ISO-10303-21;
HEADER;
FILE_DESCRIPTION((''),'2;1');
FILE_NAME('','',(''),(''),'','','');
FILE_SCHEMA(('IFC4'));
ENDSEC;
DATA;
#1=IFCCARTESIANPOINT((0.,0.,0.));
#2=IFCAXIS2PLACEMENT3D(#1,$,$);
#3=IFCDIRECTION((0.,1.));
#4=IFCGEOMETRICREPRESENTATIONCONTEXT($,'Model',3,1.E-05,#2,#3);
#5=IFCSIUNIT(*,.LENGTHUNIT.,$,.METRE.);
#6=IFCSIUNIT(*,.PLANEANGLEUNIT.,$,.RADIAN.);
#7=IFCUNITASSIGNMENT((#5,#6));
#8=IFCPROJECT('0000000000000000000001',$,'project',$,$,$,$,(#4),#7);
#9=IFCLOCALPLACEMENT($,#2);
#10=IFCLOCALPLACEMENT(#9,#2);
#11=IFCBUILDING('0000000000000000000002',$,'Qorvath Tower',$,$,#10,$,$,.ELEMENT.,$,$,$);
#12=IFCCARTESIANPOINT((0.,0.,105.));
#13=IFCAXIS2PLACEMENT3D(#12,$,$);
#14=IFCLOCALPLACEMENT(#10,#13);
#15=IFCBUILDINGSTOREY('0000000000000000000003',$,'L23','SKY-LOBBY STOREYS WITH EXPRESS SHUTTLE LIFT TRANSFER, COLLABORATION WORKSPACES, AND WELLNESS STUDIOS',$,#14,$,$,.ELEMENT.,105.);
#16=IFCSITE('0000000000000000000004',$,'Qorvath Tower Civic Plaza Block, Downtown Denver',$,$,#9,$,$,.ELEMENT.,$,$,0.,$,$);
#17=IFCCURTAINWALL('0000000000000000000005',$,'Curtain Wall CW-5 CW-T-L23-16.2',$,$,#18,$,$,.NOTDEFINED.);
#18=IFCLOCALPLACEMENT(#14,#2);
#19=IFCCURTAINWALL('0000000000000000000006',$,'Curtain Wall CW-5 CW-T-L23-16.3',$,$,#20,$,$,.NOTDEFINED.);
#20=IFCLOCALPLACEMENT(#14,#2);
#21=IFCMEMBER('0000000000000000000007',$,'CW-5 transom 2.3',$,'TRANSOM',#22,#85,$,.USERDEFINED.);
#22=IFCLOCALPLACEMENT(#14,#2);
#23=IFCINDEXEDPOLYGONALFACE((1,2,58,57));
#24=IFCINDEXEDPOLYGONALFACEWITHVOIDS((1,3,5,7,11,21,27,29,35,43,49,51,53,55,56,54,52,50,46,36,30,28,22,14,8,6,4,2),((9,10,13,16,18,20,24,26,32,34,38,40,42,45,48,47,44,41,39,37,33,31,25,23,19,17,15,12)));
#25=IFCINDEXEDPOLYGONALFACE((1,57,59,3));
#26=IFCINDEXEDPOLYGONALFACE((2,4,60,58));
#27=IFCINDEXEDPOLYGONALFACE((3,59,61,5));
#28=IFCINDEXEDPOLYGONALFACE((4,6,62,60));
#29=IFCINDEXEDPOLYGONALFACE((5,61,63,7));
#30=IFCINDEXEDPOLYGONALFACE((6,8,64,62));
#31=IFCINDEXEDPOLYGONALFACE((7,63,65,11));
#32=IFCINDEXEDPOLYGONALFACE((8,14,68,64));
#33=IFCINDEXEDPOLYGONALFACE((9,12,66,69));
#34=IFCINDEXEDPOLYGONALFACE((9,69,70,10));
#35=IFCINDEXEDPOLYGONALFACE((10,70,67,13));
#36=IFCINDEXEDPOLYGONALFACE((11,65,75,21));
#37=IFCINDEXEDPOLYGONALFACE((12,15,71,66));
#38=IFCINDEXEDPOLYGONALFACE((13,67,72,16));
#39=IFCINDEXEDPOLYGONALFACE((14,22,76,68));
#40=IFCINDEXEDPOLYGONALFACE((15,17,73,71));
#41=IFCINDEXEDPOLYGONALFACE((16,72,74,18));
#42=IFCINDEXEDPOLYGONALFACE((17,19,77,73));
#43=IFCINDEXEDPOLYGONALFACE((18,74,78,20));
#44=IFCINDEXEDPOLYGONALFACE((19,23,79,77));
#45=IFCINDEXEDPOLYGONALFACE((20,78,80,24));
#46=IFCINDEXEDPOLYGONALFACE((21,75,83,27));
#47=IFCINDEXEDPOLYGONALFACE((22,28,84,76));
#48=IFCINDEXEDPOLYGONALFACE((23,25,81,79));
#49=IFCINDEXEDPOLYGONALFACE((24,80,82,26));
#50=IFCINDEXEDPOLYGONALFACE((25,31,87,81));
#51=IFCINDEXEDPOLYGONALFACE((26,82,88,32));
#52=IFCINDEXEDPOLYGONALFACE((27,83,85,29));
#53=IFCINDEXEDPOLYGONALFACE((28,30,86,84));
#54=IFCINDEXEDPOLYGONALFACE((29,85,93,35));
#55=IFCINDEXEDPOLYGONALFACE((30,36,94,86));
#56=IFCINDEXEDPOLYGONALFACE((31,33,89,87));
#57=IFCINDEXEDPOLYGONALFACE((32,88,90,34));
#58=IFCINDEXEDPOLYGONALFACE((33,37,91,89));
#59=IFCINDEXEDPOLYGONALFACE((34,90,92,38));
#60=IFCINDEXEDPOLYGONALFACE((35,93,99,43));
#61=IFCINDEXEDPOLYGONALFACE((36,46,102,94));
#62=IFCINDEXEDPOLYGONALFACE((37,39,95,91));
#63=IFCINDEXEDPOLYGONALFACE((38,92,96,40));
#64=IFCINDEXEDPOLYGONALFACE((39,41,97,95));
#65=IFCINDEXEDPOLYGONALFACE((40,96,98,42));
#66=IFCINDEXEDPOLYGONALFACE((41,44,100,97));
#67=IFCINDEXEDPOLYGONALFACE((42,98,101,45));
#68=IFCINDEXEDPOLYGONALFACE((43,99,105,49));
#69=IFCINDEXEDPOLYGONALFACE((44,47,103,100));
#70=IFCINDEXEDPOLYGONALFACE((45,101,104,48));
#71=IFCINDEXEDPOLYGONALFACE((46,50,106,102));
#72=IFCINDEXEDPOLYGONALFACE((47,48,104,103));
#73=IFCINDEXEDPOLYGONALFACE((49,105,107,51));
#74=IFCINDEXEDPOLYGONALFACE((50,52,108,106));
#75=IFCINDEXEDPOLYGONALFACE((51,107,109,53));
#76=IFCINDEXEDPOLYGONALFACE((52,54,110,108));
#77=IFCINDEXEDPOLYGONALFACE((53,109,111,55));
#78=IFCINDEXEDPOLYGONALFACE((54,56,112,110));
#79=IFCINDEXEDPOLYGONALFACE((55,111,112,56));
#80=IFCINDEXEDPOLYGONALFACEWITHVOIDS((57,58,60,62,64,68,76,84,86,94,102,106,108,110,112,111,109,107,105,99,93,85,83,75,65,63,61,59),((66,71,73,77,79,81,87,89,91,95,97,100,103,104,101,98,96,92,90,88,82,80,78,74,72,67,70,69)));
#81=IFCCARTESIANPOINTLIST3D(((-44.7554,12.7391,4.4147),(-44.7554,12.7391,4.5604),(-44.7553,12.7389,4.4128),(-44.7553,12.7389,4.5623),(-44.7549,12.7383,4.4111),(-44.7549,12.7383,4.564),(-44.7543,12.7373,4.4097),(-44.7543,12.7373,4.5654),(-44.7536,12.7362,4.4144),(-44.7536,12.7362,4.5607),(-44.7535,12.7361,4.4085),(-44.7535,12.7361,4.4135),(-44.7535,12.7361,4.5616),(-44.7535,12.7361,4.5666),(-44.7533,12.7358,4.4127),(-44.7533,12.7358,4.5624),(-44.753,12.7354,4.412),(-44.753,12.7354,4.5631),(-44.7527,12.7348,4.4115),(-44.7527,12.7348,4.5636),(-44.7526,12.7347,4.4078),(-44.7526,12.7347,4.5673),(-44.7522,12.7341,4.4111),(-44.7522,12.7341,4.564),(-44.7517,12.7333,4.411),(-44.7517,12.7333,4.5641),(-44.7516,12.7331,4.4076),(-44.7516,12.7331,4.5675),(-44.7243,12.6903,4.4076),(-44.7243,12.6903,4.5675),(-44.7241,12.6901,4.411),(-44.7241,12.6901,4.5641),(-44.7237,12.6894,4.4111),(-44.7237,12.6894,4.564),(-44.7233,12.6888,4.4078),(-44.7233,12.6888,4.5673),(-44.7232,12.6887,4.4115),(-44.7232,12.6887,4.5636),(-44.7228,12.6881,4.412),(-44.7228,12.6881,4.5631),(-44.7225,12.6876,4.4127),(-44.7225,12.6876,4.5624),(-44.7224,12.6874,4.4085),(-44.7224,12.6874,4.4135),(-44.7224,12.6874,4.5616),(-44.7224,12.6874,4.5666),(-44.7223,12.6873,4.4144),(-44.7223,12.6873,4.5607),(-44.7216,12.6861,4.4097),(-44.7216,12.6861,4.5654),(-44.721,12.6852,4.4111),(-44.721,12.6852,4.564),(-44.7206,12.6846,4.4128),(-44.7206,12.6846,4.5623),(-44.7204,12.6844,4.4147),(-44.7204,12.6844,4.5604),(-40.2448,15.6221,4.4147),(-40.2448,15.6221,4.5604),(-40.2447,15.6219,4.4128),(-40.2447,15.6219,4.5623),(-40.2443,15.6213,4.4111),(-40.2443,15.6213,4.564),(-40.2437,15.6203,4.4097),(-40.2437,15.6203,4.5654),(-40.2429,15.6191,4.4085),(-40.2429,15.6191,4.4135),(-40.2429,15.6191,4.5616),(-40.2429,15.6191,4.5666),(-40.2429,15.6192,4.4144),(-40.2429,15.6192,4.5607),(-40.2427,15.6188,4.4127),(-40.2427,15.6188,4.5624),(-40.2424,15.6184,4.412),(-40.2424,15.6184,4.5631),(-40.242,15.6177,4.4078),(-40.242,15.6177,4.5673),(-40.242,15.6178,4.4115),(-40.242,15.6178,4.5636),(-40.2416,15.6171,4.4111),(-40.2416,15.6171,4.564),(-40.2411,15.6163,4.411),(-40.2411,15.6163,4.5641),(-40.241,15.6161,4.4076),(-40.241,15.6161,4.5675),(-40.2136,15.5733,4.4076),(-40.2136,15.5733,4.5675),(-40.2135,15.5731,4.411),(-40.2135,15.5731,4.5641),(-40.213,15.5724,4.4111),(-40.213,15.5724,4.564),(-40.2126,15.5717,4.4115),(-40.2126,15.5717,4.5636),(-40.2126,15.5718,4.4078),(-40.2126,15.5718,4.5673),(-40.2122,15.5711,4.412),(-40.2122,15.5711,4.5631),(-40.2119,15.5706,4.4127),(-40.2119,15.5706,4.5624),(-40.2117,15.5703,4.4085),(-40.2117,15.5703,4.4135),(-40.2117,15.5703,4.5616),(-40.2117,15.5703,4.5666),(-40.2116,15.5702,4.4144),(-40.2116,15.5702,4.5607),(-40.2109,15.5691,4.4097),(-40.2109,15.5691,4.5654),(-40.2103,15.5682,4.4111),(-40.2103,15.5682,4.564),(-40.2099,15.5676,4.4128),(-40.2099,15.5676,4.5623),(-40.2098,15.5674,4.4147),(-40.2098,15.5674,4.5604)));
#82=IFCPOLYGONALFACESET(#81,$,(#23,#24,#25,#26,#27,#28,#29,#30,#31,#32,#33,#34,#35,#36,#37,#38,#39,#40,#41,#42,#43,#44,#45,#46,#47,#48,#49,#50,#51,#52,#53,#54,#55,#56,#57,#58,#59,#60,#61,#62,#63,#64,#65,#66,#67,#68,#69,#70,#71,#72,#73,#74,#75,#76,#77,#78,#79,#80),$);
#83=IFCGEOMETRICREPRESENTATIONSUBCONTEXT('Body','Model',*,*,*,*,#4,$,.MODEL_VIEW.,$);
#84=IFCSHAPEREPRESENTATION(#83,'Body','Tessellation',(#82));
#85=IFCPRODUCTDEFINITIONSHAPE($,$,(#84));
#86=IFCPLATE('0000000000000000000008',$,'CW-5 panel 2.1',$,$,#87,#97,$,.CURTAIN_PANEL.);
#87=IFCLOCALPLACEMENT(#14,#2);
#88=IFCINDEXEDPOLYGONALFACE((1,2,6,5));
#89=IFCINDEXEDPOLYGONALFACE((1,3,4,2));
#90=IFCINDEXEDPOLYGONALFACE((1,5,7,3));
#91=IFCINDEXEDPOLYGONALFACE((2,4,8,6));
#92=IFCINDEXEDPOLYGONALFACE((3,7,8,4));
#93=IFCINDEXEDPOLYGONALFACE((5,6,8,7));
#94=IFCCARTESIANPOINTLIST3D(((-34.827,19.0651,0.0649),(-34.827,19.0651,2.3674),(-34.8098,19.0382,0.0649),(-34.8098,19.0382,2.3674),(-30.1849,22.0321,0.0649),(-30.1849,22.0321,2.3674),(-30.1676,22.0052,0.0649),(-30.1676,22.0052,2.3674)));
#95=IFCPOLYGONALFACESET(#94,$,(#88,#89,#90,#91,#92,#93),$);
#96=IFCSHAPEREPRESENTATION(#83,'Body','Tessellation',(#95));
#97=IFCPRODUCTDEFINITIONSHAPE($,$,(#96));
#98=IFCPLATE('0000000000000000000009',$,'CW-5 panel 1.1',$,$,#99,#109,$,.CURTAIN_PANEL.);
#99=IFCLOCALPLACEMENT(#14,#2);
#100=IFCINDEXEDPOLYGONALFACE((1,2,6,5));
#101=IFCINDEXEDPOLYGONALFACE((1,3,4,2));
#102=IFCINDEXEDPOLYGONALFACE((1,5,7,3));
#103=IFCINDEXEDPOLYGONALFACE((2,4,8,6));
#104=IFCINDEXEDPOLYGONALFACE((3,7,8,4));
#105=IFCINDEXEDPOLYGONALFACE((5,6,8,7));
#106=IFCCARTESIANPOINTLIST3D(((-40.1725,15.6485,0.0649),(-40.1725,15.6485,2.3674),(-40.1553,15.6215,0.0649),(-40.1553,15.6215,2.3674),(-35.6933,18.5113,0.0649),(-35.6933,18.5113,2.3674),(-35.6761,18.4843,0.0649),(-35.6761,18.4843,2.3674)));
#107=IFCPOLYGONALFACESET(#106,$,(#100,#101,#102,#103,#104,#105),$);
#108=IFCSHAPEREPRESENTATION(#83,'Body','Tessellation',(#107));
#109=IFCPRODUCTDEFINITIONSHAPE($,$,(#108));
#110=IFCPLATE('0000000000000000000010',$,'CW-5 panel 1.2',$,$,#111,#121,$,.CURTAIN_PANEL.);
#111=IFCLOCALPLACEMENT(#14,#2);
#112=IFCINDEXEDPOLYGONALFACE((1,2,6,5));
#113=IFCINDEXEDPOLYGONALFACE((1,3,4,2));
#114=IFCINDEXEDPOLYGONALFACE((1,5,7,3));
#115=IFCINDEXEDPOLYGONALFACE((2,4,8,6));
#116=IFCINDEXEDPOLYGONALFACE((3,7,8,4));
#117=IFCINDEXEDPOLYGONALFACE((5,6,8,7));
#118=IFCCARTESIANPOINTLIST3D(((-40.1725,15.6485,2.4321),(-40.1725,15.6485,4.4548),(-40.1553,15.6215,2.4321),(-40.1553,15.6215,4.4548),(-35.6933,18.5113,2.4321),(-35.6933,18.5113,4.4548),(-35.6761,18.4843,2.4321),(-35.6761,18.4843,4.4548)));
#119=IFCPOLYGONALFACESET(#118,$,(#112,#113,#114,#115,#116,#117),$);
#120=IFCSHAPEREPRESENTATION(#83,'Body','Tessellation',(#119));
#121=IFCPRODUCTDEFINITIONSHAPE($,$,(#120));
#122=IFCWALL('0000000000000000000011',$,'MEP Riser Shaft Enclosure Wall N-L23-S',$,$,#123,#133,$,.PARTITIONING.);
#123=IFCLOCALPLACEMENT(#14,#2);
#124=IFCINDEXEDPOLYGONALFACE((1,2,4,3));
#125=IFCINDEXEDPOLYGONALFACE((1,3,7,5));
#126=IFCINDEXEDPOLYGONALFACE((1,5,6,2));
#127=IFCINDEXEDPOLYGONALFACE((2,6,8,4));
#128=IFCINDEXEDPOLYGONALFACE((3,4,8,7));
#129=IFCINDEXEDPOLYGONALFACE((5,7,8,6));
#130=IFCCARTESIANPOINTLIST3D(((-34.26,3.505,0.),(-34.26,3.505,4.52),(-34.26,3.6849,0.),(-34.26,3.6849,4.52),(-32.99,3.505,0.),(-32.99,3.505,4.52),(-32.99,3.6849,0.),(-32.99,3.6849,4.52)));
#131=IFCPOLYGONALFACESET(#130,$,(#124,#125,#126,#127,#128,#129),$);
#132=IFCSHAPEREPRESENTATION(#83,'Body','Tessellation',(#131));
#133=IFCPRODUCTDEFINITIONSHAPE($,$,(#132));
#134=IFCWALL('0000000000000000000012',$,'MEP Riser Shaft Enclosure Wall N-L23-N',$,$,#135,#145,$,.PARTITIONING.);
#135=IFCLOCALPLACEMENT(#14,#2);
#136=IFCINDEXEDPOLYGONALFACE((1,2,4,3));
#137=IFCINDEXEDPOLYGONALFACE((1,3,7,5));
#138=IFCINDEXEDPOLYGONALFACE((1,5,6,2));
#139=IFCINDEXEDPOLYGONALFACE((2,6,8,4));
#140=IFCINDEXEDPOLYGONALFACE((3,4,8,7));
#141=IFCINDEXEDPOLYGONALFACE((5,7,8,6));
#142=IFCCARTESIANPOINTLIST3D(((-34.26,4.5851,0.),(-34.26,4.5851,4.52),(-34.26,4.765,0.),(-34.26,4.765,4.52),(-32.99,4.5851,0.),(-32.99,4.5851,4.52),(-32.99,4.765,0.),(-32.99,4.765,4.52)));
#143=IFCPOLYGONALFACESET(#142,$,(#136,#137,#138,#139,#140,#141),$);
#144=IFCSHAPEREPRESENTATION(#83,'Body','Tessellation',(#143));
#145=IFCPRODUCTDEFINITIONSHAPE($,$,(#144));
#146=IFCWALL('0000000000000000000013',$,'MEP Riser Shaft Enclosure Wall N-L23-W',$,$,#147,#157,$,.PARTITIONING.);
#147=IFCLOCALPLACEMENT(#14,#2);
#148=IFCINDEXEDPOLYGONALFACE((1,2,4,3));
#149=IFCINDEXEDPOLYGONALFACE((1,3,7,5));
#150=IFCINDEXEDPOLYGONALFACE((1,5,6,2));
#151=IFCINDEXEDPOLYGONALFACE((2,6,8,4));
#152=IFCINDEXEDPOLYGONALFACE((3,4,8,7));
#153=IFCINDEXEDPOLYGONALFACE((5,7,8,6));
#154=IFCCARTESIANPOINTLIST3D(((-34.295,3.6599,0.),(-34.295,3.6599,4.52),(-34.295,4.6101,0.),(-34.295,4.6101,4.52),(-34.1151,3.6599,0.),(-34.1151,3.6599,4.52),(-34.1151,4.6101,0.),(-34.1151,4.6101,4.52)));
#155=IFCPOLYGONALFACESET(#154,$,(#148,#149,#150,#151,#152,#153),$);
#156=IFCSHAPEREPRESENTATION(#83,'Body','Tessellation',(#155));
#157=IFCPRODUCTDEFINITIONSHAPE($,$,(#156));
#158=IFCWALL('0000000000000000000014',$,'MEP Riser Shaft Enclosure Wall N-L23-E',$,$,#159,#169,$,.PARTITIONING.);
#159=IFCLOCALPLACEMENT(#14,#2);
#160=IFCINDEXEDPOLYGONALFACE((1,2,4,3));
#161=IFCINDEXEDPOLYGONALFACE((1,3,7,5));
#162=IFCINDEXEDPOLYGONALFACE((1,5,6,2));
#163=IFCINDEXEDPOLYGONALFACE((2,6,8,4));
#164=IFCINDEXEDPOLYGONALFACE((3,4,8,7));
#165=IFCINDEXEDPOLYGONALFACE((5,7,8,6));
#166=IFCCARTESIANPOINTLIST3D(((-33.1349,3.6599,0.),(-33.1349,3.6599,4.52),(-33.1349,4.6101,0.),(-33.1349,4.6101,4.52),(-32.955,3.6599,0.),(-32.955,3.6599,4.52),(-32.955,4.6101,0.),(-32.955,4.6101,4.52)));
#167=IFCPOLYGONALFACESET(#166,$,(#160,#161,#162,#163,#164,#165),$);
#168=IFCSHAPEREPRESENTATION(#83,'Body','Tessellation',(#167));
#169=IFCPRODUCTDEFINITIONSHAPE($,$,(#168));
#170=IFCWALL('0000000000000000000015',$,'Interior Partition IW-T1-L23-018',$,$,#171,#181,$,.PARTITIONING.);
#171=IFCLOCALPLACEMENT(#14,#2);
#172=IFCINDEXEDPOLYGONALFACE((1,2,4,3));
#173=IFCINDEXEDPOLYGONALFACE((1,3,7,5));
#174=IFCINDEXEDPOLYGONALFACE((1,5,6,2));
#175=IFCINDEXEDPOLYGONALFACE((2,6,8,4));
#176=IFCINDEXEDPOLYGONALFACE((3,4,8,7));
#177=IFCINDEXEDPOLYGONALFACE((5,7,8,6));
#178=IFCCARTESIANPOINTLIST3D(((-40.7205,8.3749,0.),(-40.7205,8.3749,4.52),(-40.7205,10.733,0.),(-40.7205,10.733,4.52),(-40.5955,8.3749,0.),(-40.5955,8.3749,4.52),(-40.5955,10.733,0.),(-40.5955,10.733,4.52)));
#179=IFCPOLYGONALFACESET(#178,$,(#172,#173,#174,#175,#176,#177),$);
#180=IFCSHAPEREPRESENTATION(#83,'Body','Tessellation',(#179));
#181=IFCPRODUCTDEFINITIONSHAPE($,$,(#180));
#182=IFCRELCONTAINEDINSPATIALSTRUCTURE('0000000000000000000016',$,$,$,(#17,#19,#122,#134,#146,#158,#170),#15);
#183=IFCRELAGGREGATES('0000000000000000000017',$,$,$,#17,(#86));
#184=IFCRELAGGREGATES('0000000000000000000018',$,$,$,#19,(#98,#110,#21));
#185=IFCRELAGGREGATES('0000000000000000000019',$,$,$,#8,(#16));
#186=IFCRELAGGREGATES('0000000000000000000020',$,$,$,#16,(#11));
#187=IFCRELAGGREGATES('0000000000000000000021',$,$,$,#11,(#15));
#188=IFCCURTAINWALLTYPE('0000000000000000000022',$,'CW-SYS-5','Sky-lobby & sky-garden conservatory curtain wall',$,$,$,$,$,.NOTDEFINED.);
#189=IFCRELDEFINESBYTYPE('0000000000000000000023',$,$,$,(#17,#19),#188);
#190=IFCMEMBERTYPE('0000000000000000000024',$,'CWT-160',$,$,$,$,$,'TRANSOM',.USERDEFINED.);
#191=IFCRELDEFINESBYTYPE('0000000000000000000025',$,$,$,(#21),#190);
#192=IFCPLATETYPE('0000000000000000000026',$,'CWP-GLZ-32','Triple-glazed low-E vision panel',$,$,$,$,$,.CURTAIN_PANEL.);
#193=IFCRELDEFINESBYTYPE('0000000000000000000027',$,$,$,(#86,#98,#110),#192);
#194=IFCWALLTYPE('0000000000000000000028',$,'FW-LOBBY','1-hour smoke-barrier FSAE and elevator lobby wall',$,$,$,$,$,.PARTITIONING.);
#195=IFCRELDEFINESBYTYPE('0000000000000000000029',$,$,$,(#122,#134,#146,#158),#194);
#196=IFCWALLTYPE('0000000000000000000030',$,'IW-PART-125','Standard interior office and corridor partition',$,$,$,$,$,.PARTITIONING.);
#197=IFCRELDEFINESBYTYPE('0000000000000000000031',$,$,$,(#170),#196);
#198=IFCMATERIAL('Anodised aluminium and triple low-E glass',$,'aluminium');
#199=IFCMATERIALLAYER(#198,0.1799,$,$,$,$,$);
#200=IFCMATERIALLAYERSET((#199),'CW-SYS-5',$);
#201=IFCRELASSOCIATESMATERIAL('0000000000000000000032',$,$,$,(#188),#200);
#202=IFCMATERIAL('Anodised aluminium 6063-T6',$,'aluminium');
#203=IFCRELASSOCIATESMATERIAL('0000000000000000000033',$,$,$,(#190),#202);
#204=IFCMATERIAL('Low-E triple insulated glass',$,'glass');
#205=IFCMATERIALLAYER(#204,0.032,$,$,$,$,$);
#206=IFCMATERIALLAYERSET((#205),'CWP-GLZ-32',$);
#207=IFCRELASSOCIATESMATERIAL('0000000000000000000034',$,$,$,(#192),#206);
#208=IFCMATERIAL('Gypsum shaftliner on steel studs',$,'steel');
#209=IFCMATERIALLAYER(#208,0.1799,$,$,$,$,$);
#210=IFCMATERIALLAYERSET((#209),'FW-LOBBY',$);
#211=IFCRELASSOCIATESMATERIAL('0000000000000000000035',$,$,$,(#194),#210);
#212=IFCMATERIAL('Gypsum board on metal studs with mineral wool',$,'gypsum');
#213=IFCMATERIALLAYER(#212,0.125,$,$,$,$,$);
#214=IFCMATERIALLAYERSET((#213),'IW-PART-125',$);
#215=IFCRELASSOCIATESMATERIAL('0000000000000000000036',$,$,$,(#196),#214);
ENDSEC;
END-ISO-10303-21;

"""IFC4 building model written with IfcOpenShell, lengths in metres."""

from ifc_helpers import new_model, si_unit, direction, frame, frame_2d, origin, origin_2d, place, context, subcontext, project, spatial, rectangle, hollow_rectangle, extrude, material, layer, layer_set, material_profile, profile_set, type_object, element, aggregate, save


model = new_model("IFC4")

# Units and contexts
model_context = context("Model", 3, precision=1e-05, world=origin(), true_north=direction((0.0, 1.0)))
body_context = subcontext(model_context, "Body", "Model", "MODEL_VIEW")
ifc_project = project(units=[si_unit("LENGTHUNIT", "METRE"), si_unit("PLANEANGLEUNIT", "RADIAN")], contexts=[model_context])

# Site, building, storey
site_placement = place(None, origin())
site = spatial("IfcSite", under=ifc_project, at=site_placement, Name="Qorvath Tower Civic Plaza Block, Downtown Denver", CompositionType="ELEMENT", RefElevation=0.0)
building_placement = place(site_placement, origin())
building = spatial("IfcBuilding", under=site, at=building_placement, Name="Qorvath Tower", CompositionType="ELEMENT")
storey_placement = place(building_placement, frame((0.0, 0.0, 105.0)))
storey = spatial("IfcBuildingStorey", under=building, at=storey_placement, Name="L23", Description="SKY-LOBBY STOREYS WITH EXPRESS SHUTTLE LIFT TRANSFER, COLLABORATION WORKSPACES, AND WELLNESS STUDIOS", CompositionType="ELEMENT", Elevation=105.0)

# Curtain wall
ifc_material_1 = material(Name="Anodised aluminium and triple low-E glass", Category="aluminium")
ifc_layer_1 = layer(ifc_material_1, 0.1799)
ifc_layer_set_1 = layer_set([ifc_layer_1], Name="CW-SYS-5")
curtain_wall_type = type_object("IfcCurtainWallType", Name="CW-SYS-5", Description="Sky-lobby & sky-garden conservatory curtain wall", PredefinedType="NOTDEFINED", material=ifc_layer_set_1)
curtain_wall_1_placement = place(storey_placement, origin())
curtain_wall_1 = element("IfcCurtainWall", 1, at=curtain_wall_1_placement, inside=storey, type_object=curtain_wall_type, Name="Curtain Wall CW-5 CW-T-L23-16.2", PredefinedType="NOTDEFINED")

# Curtain wall, member
curtain_wall_2_placement = place(storey_placement, origin())
curtain_wall_2 = element("IfcCurtainWall", 2, at=curtain_wall_2_placement, inside=storey, type_object=curtain_wall_type, Name="Curtain Wall CW-5 CW-T-L23-16.3", PredefinedType="NOTDEFINED")
ifc_material_2 = material(Name="Anodised aluminium 6063-T6", Category="aluminium")
ifc_material_profile_1 = material_profile(ifc_material_2, hollow_rectangle(XDim=0.0649, YDim=0.1599, WallThickness=0.0034, InnerFilletRadius=0.0034, OuterFilletRadius=0.0071, at=origin_2d()), Name="CWT 160x65")
ifc_profile_set_1 = profile_set([ifc_material_profile_1], Name="Anodised aluminium 6063-T6")
member_type_1 = type_object("IfcMemberType", Name="CWT-160", ElementType="TRANSOM", PredefinedType="USERDEFINED", material=ifc_profile_set_1)
member_1_placement = place(storey_placement, frame((-40.2273, 15.5947, 4.4875), z_axis=(-0.842595, -0.538548, 0.0), x_axis=(0.538548, -0.842595, 0.0)))
member_1 = element("IfcMember", 3, at=member_1_placement, type_object=member_type_1, Name="CW-5 transom 2.3", ObjectType="TRANSOM", PredefinedType="USERDEFINED", context=body_context, shape_type="SweptSolid", body=[
    extrude(hollow_rectangle(XDim=0.0649, YDim=0.1599, WallThickness=0.0034, InnerFilletRadius=0.0034, OuterFilletRadius=0.0071, at=origin_2d()), origin(), (0.0, 0.0, 1.0), 5.3533),
])

# Plates
ifc_material_3 = material(Name="Low-E triple insulated glass", Category="glass")
ifc_layer_2 = layer(ifc_material_3, 0.032)
ifc_layer_set_2 = layer_set([ifc_layer_2], Name="CWP-GLZ-32")
plate_type = type_object("IfcPlateType", Name="CWP-GLZ-32", Description="Triple-glazed low-E vision panel", PredefinedType="CURTAIN_PANEL", material=ifc_layer_set_2)
plate_1_placement = place(storey_placement, frame((-32.4973, 20.5352, 0.0649), z_axis=(0.0, 0.0, 1.0), x_axis=(-0.842598, -0.538543, 0.0)))
plate_1 = element("IfcPlate", 4, at=plate_1_placement, type_object=plate_type, Name="CW-5 panel 2.1", PredefinedType="CURTAIN_PANEL", context=body_context, shape_type="SweptSolid", body=[
    extrude(rectangle(XDim=5.5093, YDim=0.032, at=origin_2d()), origin(), (0.0, 0.0, 1.0), 2.3025),
])
aggregate(curtain_wall_1, [plate_1])
plate_2_placement = place(storey_placement, frame((-37.9243, 17.0664, 0.0649), z_axis=(0.0, 0.0, 1.0), x_axis=(-0.842605, -0.538532, 0.0)))
plate_2 = element("IfcPlate", 5, at=plate_2_placement, type_object=plate_type, Name="CW-5 panel 1.1", PredefinedType="CURTAIN_PANEL", context=body_context, shape_type="SweptSolid", body=[
    extrude(rectangle(XDim=5.3159, YDim=0.032, at=origin_2d()), origin(), (0.0, 0.0, 1.0), 2.3025),
])
plate_3_placement = place(storey_placement, frame((-37.9243, 17.0664, 2.4321), z_axis=(0.0, 0.0, 1.0), x_axis=(-0.842605, -0.538532, 0.0)))
plate_3 = element("IfcPlate", 6, at=plate_3_placement, type_object=plate_type, Name="CW-5 panel 1.2", PredefinedType="CURTAIN_PANEL", context=body_context, shape_type="SweptSolid", body=[
    extrude(rectangle(XDim=5.3159, YDim=0.032, at=origin_2d()), origin(), (0.0, 0.0, 1.0), 2.0227),
])
aggregate(curtain_wall_2, [plate_2, plate_3, member_1])

# Walls
ifc_material_4 = material(Name="Gypsum shaftliner on steel studs", Category="steel")
ifc_layer_3 = layer(ifc_material_4, 0.1799)
ifc_layer_set_3 = layer_set([ifc_layer_3], Name="FW-LOBBY")
wall_type_1 = type_object("IfcWallType", Name="FW-LOBBY", Description="1-hour smoke-barrier FSAE and elevator lobby wall", PredefinedType="PARTITIONING", material=ifc_layer_set_3)
for number, where, z_axis, x_axis, name in (
    (7, (-32.99, 3.595, 0.0), (0.0, 0.0, 1.0), (-1.0, 0.0, 0.0), "MEP Riser Shaft Enclosure Wall N-L23-S"),
    (8, (-34.26, 4.675, 0.0), (0.0, 0.0, 1.0), (1.0, 0.0, 0.0), "MEP Riser Shaft Enclosure Wall N-L23-N"),
):
    element("IfcWall", number, at=place(storey_placement, frame(where, z_axis=z_axis, x_axis=x_axis)), inside=storey, type_object=wall_type_1, Name=name, PredefinedType="PARTITIONING", context=body_context, shape_type="SweptSolid", body=[
        extrude(rectangle(XDim=1.27, YDim=0.1799, at=frame_2d((0.635, 0.0))), origin(), (0.0, 0.0, 1.0), 4.52),
    ])
for number, where, z_axis, x_axis, name in (
    (9, (-34.2051, 3.6599, 0.0), (0.0, 0.0, 1.0), (0.0, 1.0, 0.0), "MEP Riser Shaft Enclosure Wall N-L23-W"),
    (10, (-33.0449, 4.6101, 0.0), (0.0, 0.0, 1.0), (0.0, -1.0, 0.0), "MEP Riser Shaft Enclosure Wall N-L23-E"),
):
    element("IfcWall", number, at=place(storey_placement, frame(where, z_axis=z_axis, x_axis=x_axis)), inside=storey, type_object=wall_type_1, Name=name, PredefinedType="PARTITIONING", context=body_context, shape_type="SweptSolid", body=[
        extrude(rectangle(XDim=0.9502, YDim=0.1799, at=frame_2d((0.4751, 0.0))), origin(), (0.0, 0.0, 1.0), 4.52),
    ])
ifc_material_5 = material(Name="Gypsum board on metal studs with mineral wool", Category="gypsum")
ifc_layer_4 = layer(ifc_material_5, 0.125)
ifc_layer_set_4 = layer_set([ifc_layer_4], Name="IW-PART-125")
wall_type_2 = type_object("IfcWallType", Name="IW-PART-125", Description="Standard interior office and corridor partition", PredefinedType="PARTITIONING", material=ifc_layer_set_4)
wall_1_placement = place(storey_placement, frame((-40.658, 10.7332, 0.0), z_axis=(0.0, 0.0, 1.0), x_axis=(0.0, -1.0, 0.0)))
element("IfcWall", 11, at=wall_1_placement, inside=storey, type_object=wall_type_2, Name="Interior Partition IW-T1-L23-018", PredefinedType="PARTITIONING", context=body_context, shape_type="SweptSolid", body=[
    extrude(rectangle(XDim=2.3582, YDim=0.125, at=frame_2d((1.1792, 0.0))), origin(), (0.0, 0.0, 1.0), 4.52),
])

save(model, "model.ifc")
